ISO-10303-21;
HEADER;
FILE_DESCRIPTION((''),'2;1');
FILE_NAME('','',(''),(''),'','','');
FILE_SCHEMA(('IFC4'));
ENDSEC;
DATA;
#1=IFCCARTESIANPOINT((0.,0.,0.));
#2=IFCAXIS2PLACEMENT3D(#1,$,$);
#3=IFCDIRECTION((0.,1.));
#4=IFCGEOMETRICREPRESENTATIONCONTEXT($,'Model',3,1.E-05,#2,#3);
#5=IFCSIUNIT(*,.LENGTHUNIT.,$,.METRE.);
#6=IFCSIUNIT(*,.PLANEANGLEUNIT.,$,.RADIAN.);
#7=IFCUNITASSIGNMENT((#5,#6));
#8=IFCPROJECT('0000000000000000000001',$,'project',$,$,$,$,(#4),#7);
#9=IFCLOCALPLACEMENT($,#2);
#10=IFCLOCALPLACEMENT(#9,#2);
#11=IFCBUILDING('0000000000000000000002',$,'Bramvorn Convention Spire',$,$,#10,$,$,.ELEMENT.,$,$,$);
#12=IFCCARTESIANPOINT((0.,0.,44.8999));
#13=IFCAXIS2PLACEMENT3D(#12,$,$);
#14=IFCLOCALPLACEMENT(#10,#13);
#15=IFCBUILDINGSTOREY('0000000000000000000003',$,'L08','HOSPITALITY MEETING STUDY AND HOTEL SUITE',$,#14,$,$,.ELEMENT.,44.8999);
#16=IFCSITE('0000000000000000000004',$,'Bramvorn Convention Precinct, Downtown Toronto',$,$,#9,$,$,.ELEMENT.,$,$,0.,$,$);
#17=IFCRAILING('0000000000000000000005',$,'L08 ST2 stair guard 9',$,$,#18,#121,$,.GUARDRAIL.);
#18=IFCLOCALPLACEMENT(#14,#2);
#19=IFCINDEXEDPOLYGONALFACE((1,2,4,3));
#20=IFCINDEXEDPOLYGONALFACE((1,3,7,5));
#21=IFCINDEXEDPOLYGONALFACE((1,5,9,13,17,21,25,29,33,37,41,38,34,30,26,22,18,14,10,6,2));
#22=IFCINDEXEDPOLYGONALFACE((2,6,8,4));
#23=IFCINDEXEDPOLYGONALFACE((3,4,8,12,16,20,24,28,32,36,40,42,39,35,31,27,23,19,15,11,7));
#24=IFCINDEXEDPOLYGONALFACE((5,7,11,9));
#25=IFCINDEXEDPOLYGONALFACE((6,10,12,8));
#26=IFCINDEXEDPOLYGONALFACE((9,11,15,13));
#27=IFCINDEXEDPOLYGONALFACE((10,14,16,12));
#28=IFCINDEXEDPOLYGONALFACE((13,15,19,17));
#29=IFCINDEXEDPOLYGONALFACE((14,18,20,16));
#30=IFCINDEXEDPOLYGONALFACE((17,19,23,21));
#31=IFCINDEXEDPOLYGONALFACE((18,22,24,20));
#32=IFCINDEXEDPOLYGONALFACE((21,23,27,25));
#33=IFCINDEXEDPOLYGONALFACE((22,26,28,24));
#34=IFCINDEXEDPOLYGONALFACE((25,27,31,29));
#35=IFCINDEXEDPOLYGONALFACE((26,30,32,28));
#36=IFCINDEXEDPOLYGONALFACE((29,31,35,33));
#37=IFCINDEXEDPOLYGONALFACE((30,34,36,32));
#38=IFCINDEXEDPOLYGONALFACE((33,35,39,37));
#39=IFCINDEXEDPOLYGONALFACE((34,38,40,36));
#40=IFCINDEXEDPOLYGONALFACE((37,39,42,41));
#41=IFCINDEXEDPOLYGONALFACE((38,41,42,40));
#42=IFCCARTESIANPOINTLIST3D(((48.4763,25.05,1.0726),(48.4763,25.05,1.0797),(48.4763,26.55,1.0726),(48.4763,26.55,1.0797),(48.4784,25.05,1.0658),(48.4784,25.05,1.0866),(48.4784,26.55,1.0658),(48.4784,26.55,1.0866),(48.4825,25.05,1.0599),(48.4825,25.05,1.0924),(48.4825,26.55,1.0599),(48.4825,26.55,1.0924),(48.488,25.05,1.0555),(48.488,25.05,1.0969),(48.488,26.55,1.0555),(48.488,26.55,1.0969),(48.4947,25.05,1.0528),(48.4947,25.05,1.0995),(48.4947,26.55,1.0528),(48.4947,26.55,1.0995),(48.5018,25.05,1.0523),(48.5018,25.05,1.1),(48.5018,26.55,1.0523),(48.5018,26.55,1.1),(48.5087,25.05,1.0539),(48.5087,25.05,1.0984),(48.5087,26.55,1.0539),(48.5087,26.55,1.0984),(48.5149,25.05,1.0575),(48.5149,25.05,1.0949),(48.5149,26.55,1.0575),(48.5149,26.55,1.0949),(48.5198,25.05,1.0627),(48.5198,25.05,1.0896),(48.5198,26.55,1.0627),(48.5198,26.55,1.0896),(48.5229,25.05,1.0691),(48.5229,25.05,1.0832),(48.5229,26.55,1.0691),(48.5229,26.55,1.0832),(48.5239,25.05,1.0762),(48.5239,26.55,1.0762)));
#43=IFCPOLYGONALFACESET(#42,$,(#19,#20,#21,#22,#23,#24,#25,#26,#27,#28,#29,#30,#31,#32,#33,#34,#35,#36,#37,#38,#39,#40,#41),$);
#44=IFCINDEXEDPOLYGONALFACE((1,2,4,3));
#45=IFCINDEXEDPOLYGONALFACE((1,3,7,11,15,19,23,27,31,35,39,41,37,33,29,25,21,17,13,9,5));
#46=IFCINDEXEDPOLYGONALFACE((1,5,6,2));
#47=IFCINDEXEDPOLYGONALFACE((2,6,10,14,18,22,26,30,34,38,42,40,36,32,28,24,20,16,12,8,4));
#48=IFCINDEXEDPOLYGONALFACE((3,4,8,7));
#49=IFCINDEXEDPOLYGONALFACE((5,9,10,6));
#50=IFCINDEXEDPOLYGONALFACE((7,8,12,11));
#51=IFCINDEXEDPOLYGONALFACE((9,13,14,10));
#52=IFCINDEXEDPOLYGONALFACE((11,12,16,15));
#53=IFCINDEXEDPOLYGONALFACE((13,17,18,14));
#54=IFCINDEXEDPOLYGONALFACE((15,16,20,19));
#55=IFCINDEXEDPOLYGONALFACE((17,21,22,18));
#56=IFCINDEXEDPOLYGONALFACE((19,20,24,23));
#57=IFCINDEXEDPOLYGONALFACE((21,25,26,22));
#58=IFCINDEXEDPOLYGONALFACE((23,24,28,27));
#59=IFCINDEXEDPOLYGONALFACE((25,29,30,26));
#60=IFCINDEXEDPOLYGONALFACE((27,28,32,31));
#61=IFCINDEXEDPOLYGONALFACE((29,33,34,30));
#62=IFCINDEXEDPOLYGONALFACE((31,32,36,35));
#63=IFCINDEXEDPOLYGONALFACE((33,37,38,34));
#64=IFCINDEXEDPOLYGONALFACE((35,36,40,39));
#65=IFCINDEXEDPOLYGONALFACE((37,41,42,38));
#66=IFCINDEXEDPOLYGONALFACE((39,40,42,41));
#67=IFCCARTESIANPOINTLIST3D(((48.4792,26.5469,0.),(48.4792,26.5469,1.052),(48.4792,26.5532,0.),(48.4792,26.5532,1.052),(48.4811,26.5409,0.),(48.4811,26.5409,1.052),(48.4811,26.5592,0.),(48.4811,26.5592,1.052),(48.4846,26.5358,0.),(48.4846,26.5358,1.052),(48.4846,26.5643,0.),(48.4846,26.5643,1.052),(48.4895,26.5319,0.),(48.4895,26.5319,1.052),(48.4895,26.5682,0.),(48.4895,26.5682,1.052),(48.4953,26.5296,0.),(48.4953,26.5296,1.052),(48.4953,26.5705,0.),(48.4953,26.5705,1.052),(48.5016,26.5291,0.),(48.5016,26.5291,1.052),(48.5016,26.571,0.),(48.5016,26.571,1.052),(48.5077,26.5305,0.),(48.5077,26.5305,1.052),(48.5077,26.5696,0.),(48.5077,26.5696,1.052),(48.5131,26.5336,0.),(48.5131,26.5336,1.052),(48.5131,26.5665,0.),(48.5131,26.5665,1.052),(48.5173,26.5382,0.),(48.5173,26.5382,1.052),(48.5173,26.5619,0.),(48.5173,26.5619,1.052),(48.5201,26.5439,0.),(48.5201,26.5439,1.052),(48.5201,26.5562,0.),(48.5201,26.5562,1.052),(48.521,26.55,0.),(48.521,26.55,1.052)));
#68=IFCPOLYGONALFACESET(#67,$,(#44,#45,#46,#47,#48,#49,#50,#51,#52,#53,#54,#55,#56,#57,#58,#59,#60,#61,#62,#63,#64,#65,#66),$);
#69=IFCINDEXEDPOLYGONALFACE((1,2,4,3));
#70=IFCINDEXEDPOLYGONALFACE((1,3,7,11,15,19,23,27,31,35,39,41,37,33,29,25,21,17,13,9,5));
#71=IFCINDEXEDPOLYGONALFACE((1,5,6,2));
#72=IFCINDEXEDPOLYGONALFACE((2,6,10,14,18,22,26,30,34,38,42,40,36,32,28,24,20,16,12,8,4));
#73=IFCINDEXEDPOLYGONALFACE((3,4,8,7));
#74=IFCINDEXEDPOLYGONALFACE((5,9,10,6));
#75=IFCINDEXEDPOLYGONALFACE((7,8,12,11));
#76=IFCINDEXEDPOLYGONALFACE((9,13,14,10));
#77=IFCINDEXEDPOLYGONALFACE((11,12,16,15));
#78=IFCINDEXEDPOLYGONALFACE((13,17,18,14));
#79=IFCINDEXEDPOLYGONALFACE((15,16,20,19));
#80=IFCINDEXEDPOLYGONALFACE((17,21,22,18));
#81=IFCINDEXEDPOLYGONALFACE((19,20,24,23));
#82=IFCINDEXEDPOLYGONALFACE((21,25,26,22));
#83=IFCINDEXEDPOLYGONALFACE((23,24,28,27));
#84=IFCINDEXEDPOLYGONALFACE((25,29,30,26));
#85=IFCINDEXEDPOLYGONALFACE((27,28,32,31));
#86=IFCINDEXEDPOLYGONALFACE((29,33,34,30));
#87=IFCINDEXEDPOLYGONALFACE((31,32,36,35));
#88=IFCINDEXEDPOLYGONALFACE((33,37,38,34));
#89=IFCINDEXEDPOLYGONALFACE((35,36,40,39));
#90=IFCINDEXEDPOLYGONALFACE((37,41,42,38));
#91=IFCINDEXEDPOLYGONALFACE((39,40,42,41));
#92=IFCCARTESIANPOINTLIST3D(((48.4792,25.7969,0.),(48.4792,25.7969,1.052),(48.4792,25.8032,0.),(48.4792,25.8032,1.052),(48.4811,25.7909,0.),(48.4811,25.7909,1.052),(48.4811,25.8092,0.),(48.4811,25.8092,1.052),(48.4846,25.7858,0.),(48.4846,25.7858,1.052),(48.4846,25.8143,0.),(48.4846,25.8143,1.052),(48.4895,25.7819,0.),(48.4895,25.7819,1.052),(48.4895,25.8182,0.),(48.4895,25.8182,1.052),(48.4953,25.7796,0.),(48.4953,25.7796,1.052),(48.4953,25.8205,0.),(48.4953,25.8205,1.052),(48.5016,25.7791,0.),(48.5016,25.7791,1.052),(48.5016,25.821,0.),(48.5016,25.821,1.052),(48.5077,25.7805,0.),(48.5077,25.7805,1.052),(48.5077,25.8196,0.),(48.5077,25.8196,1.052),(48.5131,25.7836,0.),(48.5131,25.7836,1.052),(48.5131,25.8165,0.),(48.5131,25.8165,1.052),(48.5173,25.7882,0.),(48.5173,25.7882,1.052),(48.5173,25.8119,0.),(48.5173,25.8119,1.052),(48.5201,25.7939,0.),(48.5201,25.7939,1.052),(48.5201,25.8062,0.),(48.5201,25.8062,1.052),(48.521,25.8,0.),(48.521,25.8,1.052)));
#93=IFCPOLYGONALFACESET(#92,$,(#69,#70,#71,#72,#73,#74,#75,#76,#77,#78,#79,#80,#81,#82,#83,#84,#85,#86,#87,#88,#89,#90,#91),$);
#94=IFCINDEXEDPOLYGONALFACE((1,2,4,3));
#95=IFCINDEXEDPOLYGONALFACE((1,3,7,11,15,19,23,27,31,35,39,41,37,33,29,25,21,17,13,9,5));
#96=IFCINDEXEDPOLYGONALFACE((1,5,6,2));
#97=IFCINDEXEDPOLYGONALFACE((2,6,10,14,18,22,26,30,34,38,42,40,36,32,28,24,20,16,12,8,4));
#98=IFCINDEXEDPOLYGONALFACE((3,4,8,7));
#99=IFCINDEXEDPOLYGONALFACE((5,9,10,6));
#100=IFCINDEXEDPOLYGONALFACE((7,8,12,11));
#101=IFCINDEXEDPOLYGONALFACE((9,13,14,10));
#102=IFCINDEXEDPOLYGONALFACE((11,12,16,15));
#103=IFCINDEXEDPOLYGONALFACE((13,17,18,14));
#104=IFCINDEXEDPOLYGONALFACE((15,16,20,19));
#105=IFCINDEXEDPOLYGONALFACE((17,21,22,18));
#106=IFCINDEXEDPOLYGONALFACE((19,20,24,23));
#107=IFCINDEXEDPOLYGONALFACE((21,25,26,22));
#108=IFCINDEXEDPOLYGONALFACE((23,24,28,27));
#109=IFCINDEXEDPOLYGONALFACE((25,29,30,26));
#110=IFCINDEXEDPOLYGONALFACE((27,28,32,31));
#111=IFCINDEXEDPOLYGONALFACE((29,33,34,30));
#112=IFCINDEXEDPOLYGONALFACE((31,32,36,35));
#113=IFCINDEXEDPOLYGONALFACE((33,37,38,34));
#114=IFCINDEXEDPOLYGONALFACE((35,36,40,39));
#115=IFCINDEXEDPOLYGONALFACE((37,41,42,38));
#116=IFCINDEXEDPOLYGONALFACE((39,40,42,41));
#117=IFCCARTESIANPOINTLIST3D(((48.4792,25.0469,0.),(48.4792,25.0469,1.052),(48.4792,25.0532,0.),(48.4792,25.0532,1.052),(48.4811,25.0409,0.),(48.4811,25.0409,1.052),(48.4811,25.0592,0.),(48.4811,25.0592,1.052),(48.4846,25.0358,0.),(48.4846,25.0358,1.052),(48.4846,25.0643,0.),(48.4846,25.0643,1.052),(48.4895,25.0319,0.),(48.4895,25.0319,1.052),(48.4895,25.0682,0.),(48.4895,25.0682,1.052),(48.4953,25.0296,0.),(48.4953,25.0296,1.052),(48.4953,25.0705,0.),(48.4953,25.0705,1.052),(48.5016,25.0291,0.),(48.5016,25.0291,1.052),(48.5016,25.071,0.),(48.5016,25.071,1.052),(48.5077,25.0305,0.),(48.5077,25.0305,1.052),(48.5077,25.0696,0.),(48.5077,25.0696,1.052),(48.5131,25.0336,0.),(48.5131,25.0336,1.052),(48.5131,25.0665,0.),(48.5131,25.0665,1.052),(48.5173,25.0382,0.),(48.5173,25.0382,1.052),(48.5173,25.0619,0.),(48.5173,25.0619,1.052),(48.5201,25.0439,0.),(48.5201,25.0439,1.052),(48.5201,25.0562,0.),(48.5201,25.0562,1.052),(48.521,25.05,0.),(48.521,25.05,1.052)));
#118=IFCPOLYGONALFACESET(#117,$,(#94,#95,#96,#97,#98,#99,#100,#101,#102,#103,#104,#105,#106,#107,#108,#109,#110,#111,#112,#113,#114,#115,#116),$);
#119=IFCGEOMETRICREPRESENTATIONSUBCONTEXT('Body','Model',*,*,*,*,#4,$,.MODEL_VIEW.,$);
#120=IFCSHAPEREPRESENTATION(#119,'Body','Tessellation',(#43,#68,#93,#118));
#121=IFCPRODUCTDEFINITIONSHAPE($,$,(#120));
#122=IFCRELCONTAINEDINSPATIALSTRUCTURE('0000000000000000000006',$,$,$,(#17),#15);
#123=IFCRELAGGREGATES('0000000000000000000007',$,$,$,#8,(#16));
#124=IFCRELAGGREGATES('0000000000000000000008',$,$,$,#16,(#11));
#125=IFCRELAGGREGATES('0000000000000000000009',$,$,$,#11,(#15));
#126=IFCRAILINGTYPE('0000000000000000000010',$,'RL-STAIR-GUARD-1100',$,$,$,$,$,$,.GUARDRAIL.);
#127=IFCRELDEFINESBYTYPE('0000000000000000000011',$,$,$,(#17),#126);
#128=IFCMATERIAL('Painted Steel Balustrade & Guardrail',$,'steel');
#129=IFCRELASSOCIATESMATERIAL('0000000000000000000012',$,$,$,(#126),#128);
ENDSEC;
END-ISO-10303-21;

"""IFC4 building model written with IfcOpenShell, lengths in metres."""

from ifc_helpers import new_model, si_unit, direction, frame, origin, origin_2d, place, context, subcontext, project, spatial, circle, extrude, material, type_object, element, save


model = new_model("IFC4")

# Units and contexts
model_context = context("Model", 3, precision=1e-05, world=origin(), true_north=direction((0.0, 1.0)))
body_context = subcontext(model_context, "Body", "Model", "MODEL_VIEW")
ifc_project = project(units=[si_unit("LENGTHUNIT", "METRE"), si_unit("PLANEANGLEUNIT", "RADIAN")], contexts=[model_context])

# Site, building, storey
site_placement = place(None, origin())
site = spatial("IfcSite", under=ifc_project, at=site_placement, Name="Bramvorn Convention Precinct, Downtown Toronto", CompositionType="ELEMENT", RefElevation=0.0)
building_placement = place(site_placement, origin())
building = spatial("IfcBuilding", under=site, at=building_placement, Name="Bramvorn Convention Spire", CompositionType="ELEMENT")
storey_placement = place(building_placement, frame((0.0, 0.0, 44.8999)))
storey = spatial("IfcBuildingStorey", under=building, at=storey_placement, Name="L08", Description="HOSPITALITY MEETING STUDY AND HOTEL SUITE", CompositionType="ELEMENT", Elevation=44.8999)

# Railing
ifc_material_1 = material(Name="Painted Steel Balustrade & Guardrail", Category="steel")
railing_type_1 = type_object("IfcRailingType", Name="RL-STAIR-GUARD-1100", PredefinedType="GUARDRAIL", material=ifc_material_1)
railing_1_placement = place(storey_placement, frame((48.5, 26.55, 0.0)))
element("IfcRailing", 1, at=railing_1_placement, inside=storey, type_object=railing_type_1, Name="L08 ST2 stair guard 9", PredefinedType="GUARDRAIL", context=body_context, shape_type="SweptSolid", body=[
    extrude(circle(Radius=0.0239, at=origin_2d()), frame((0.0, 0.0, 1.0762), z_axis=(0.0, -1.0, 0.0), x_axis=(1.0, 0.0, 0.0)), (0.0, 0.0, 1.0), 1.5),
    extrude(circle(Radius=0.021, at=origin_2d()), origin(), (0.0, 0.0, 1.0), 1.052),
    extrude(circle(Radius=0.021, at=origin_2d()), frame((0.0, -0.75, 0.0)), (0.0, 0.0, 1.0), 1.052),
    extrude(circle(Radius=0.021, at=origin_2d()), frame((0.0, -1.5, 0.0)), (0.0, 0.0, 1.0), 1.052),
])

save(model, "model.ifc")
